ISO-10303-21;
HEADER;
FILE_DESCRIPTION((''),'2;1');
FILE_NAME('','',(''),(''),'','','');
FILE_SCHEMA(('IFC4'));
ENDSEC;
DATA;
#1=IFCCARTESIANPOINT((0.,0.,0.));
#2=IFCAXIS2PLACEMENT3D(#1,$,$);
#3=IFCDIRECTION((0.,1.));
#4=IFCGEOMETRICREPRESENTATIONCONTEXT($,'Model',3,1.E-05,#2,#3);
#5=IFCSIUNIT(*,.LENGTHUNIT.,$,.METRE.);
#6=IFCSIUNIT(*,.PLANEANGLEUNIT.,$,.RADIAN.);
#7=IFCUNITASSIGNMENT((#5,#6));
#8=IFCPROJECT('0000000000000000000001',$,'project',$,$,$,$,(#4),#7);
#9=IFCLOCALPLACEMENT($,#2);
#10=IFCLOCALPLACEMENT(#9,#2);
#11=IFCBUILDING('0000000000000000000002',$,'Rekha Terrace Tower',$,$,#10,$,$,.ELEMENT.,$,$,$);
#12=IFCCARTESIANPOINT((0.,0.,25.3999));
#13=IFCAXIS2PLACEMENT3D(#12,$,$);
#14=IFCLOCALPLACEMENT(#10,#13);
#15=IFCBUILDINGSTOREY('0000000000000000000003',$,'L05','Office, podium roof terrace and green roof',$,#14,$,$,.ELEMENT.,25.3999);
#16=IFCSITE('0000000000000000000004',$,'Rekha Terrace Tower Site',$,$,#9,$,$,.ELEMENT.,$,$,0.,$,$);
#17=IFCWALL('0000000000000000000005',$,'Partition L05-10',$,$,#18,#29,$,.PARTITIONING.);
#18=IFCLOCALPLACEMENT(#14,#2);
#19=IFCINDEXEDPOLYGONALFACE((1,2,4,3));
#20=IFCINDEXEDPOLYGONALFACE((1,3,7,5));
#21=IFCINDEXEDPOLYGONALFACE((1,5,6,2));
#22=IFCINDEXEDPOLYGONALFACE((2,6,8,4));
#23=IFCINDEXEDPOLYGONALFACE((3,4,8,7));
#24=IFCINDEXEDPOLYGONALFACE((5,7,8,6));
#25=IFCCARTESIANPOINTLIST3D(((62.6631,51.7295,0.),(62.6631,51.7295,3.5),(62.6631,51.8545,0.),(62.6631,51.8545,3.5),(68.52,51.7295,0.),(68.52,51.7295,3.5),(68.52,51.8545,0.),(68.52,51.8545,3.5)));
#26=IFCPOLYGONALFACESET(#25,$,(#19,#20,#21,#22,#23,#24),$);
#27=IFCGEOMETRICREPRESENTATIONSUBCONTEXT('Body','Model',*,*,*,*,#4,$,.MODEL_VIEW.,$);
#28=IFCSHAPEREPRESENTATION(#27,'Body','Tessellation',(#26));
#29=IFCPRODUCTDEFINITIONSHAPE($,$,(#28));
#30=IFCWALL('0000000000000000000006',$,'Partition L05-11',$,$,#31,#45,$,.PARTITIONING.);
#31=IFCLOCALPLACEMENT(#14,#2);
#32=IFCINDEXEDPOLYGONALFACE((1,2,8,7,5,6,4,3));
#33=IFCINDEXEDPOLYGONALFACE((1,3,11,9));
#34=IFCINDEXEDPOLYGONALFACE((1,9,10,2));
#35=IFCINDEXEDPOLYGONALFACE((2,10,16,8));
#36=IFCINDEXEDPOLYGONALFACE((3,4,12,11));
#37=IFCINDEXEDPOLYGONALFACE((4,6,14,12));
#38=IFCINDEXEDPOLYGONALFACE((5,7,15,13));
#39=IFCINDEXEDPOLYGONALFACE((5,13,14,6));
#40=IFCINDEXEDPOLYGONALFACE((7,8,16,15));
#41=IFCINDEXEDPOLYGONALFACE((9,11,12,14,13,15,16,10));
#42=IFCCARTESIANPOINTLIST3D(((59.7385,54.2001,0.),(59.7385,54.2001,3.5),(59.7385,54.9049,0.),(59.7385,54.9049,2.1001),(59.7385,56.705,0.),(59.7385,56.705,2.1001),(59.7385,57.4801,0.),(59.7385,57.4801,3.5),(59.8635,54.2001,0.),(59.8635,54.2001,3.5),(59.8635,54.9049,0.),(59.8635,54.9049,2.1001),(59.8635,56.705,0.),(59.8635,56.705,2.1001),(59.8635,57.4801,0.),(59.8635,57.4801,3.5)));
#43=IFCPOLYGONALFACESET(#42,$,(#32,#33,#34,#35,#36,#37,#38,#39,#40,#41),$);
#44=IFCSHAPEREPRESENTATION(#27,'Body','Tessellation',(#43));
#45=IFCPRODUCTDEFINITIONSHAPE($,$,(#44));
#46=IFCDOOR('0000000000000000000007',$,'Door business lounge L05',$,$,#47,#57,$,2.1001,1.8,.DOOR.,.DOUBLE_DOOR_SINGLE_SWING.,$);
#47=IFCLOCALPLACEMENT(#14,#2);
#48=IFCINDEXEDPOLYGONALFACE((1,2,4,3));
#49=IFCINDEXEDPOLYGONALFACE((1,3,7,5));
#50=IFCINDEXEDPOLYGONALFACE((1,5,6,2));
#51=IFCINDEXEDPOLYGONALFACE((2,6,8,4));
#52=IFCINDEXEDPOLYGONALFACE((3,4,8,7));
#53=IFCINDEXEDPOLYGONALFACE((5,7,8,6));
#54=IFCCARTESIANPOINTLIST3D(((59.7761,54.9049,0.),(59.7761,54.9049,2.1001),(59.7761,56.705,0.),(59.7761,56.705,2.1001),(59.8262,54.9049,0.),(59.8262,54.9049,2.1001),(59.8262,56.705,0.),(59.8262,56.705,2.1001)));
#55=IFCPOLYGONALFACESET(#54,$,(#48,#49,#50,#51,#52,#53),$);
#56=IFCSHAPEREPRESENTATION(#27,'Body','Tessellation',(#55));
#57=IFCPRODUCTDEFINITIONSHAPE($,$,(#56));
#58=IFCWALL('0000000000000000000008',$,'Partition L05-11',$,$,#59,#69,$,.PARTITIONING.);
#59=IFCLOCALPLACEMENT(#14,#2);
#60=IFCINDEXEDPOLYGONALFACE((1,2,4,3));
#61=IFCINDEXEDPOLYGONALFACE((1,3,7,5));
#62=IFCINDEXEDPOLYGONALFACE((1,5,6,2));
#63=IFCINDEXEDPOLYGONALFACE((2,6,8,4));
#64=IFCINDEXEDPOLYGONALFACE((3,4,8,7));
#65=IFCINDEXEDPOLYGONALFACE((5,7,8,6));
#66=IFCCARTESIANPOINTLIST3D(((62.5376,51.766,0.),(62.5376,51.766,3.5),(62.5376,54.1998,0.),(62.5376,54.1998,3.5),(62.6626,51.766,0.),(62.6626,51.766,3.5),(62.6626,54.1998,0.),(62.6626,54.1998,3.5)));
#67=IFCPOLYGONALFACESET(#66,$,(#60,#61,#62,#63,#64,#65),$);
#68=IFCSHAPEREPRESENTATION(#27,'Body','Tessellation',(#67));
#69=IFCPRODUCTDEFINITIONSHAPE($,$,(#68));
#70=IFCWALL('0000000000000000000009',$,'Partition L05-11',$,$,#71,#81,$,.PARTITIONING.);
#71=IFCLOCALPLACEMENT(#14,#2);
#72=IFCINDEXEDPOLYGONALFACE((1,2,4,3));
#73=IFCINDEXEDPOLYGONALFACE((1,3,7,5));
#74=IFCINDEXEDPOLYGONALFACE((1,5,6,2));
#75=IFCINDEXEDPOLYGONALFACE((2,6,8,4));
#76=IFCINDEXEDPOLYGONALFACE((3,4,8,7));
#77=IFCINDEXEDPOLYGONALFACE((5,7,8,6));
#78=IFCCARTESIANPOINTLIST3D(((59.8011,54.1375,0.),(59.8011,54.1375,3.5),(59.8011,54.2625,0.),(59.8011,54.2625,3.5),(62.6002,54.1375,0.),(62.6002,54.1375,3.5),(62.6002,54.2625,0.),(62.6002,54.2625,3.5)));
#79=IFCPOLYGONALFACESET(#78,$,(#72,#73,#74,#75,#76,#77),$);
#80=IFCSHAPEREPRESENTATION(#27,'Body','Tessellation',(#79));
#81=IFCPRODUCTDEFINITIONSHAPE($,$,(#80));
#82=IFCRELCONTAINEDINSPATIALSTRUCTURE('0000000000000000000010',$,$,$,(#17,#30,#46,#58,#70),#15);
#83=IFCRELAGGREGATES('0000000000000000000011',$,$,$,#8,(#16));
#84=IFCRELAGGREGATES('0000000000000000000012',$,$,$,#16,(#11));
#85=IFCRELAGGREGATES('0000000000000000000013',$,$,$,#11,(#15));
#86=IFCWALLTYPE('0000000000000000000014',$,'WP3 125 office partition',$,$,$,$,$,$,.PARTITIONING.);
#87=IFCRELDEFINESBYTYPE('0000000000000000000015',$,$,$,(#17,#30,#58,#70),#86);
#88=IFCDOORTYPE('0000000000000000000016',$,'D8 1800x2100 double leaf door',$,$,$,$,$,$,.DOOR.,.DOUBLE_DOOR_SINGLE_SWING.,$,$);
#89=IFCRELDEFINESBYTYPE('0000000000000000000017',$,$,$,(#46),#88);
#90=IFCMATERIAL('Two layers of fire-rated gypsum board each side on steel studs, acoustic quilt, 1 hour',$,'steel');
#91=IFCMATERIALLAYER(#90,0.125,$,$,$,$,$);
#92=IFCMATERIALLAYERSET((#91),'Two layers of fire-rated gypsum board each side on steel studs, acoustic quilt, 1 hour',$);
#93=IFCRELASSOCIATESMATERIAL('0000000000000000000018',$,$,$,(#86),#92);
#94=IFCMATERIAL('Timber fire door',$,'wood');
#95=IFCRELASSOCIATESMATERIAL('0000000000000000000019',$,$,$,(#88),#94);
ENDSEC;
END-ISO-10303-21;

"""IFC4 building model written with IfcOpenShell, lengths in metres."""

from ifc_helpers import new_model, si_unit, direction, frame, frame_2d, origin, place, context, subcontext, project, spatial, rectangle, extrude, material, layer, layer_set, type_object, element, fill, save


model = new_model("IFC4")

# Units and contexts
model_context = context("Model", 3, precision=1e-05, world=origin(), true_north=direction((0.0, 1.0)))
body_context = subcontext(model_context, "Body", "Model", "MODEL_VIEW")
ifc_project = project(units=[si_unit("LENGTHUNIT", "METRE"), si_unit("PLANEANGLEUNIT", "RADIAN")], contexts=[model_context])

# Site, building, storey
site_placement = place(None, origin())
site = spatial("IfcSite", under=ifc_project, at=site_placement, Name="Rekha Terrace Tower Site", CompositionType="ELEMENT", RefElevation=0.0)
building_placement = place(site_placement, origin())
building = spatial("IfcBuilding", under=site, at=building_placement, Name="Rekha Terrace Tower", CompositionType="ELEMENT")
storey_placement = place(building_placement, frame((0.0, 0.0, 25.3999)))
storey = spatial("IfcBuildingStorey", under=building, at=storey_placement, Name="L05", Description="Office, podium roof terrace and green roof", CompositionType="ELEMENT", Elevation=25.3999)

# Shared definitions
ifc_material_1 = material(Name="Two layers of fire-rated gypsum board each side on steel studs, acoustic quilt, 1 hour", Category="steel")
ifc_layer_1 = layer(ifc_material_1, 0.125)
ifc_layer_set_1 = layer_set([ifc_layer_1], Name="Two layers of fire-rated gypsum board each side on steel studs, acoustic quilt, 1 hour")
wall_type_1 = type_object("IfcWallType", Name="WP3 125 office partition", PredefinedType="PARTITIONING", material=ifc_layer_set_1)
ifc_material_2 = material(Name="Timber fire door", Category="wood")

# Wall
wall_1_placement = place(storey_placement, frame((62.6631, 51.792, 0.0), z_axis=(0.0, 0.0, 1.0), x_axis=(1.0, 0.0, 0.0)))
element("IfcWall", 1, at=wall_1_placement, inside=storey, type_object=wall_type_1, Name="Partition L05-10", PredefinedType="PARTITIONING", context=body_context, shape_type="SweptSolid", body=[
    extrude(rectangle(XDim=5.8569, YDim=0.125, at=frame_2d((2.9285, 0.0))), origin(), (0.0, 0.0, 1.0), 3.5),
])

# Wall, opening, door
wall_2_placement = place(storey_placement, frame((59.801, 54.2, 0.0), z_axis=(0.0, 0.0, 1.0), x_axis=(0.0, 1.0, 0.0)))
wall_2 = element("IfcWall", 2, at=wall_2_placement, inside=storey, type_object=wall_type_1, Name="Partition L05-11", PredefinedType="PARTITIONING", context=body_context, shape_type="SweptSolid", body=[
    extrude(rectangle(XDim=3.28, YDim=0.125, at=frame_2d((1.6401, 0.0))), origin(), (0.0, 0.0, 1.0), 3.5),
])
opening_1_placement = place(wall_2_placement, frame((0.7051, 0.0, 0.0)))
opening_1 = element("IfcOpeningElement", 3, at=opening_1_placement, cuts=wall_2, PredefinedType="OPENING", context=body_context, shape_type="SweptSolid", body=[
    extrude(rectangle(XDim=1.8, YDim=2.1001, at=frame_2d((0.8999, 1.05))), frame((0.0, 0.0725, 0.0), z_axis=(0.0, -1.0, 0.0), x_axis=(1.0, 0.0, 0.0)), (0.0, 0.0, 1.0), 0.145),
])
door_type_1 = type_object("IfcDoorType", Name="D8 1800x2100 double leaf door", OperationType="DOUBLE_DOOR_SINGLE_SWING", PredefinedType="DOOR", material=ifc_material_2)
door_1_placement = place(opening_1_placement, origin())
door_1 = element("IfcDoor", 4, at=door_1_placement, inside=storey, type_object=door_type_1, Name="Door business lounge L05", OperationType="DOUBLE_DOOR_SINGLE_SWING", OverallHeight=2.1001, OverallWidth=1.8, PredefinedType="DOOR", context=body_context, shape_type="SweptSolid", body=[
    extrude(rectangle(XDim=1.8, YDim=2.1001, at=frame_2d((0.8999, 1.05))), frame((0.0, 0.0249, 0.0), z_axis=(0.0, -1.0, 0.0), x_axis=(1.0, 0.0, 0.0)), (0.0, 0.0, 1.0), 0.05),
])
fill(opening_1, door_1)

# Walls
wall_3_placement = place(storey_placement, frame((62.6001, 51.7661, 0.0), z_axis=(0.0, 0.0, 1.0), x_axis=(0.0, 1.0, 0.0)))
element("IfcWall", 5, at=wall_3_placement, inside=storey, type_object=wall_type_1, Name="Partition L05-11", PredefinedType="PARTITIONING", context=body_context, shape_type="SweptSolid", body=[
    extrude(rectangle(XDim=2.4338, YDim=0.125, at=frame_2d((1.2168, 0.0))), origin(), (0.0, 0.0, 1.0), 3.5),
])
wall_4_placement = place(storey_placement, frame((62.6001, 54.2, 0.0), z_axis=(0.0, 0.0, 1.0), x_axis=(-1.0, 0.0, 0.0)))
element("IfcWall", 6, at=wall_4_placement, inside=storey, type_object=wall_type_1, Name="Partition L05-11", PredefinedType="PARTITIONING", context=body_context, shape_type="SweptSolid", body=[
    extrude(rectangle(XDim=2.7991, YDim=0.125, at=frame_2d((1.3994, 0.0))), origin(), (0.0, 0.0, 1.0), 3.5),
])

save(model, "model.ifc")
